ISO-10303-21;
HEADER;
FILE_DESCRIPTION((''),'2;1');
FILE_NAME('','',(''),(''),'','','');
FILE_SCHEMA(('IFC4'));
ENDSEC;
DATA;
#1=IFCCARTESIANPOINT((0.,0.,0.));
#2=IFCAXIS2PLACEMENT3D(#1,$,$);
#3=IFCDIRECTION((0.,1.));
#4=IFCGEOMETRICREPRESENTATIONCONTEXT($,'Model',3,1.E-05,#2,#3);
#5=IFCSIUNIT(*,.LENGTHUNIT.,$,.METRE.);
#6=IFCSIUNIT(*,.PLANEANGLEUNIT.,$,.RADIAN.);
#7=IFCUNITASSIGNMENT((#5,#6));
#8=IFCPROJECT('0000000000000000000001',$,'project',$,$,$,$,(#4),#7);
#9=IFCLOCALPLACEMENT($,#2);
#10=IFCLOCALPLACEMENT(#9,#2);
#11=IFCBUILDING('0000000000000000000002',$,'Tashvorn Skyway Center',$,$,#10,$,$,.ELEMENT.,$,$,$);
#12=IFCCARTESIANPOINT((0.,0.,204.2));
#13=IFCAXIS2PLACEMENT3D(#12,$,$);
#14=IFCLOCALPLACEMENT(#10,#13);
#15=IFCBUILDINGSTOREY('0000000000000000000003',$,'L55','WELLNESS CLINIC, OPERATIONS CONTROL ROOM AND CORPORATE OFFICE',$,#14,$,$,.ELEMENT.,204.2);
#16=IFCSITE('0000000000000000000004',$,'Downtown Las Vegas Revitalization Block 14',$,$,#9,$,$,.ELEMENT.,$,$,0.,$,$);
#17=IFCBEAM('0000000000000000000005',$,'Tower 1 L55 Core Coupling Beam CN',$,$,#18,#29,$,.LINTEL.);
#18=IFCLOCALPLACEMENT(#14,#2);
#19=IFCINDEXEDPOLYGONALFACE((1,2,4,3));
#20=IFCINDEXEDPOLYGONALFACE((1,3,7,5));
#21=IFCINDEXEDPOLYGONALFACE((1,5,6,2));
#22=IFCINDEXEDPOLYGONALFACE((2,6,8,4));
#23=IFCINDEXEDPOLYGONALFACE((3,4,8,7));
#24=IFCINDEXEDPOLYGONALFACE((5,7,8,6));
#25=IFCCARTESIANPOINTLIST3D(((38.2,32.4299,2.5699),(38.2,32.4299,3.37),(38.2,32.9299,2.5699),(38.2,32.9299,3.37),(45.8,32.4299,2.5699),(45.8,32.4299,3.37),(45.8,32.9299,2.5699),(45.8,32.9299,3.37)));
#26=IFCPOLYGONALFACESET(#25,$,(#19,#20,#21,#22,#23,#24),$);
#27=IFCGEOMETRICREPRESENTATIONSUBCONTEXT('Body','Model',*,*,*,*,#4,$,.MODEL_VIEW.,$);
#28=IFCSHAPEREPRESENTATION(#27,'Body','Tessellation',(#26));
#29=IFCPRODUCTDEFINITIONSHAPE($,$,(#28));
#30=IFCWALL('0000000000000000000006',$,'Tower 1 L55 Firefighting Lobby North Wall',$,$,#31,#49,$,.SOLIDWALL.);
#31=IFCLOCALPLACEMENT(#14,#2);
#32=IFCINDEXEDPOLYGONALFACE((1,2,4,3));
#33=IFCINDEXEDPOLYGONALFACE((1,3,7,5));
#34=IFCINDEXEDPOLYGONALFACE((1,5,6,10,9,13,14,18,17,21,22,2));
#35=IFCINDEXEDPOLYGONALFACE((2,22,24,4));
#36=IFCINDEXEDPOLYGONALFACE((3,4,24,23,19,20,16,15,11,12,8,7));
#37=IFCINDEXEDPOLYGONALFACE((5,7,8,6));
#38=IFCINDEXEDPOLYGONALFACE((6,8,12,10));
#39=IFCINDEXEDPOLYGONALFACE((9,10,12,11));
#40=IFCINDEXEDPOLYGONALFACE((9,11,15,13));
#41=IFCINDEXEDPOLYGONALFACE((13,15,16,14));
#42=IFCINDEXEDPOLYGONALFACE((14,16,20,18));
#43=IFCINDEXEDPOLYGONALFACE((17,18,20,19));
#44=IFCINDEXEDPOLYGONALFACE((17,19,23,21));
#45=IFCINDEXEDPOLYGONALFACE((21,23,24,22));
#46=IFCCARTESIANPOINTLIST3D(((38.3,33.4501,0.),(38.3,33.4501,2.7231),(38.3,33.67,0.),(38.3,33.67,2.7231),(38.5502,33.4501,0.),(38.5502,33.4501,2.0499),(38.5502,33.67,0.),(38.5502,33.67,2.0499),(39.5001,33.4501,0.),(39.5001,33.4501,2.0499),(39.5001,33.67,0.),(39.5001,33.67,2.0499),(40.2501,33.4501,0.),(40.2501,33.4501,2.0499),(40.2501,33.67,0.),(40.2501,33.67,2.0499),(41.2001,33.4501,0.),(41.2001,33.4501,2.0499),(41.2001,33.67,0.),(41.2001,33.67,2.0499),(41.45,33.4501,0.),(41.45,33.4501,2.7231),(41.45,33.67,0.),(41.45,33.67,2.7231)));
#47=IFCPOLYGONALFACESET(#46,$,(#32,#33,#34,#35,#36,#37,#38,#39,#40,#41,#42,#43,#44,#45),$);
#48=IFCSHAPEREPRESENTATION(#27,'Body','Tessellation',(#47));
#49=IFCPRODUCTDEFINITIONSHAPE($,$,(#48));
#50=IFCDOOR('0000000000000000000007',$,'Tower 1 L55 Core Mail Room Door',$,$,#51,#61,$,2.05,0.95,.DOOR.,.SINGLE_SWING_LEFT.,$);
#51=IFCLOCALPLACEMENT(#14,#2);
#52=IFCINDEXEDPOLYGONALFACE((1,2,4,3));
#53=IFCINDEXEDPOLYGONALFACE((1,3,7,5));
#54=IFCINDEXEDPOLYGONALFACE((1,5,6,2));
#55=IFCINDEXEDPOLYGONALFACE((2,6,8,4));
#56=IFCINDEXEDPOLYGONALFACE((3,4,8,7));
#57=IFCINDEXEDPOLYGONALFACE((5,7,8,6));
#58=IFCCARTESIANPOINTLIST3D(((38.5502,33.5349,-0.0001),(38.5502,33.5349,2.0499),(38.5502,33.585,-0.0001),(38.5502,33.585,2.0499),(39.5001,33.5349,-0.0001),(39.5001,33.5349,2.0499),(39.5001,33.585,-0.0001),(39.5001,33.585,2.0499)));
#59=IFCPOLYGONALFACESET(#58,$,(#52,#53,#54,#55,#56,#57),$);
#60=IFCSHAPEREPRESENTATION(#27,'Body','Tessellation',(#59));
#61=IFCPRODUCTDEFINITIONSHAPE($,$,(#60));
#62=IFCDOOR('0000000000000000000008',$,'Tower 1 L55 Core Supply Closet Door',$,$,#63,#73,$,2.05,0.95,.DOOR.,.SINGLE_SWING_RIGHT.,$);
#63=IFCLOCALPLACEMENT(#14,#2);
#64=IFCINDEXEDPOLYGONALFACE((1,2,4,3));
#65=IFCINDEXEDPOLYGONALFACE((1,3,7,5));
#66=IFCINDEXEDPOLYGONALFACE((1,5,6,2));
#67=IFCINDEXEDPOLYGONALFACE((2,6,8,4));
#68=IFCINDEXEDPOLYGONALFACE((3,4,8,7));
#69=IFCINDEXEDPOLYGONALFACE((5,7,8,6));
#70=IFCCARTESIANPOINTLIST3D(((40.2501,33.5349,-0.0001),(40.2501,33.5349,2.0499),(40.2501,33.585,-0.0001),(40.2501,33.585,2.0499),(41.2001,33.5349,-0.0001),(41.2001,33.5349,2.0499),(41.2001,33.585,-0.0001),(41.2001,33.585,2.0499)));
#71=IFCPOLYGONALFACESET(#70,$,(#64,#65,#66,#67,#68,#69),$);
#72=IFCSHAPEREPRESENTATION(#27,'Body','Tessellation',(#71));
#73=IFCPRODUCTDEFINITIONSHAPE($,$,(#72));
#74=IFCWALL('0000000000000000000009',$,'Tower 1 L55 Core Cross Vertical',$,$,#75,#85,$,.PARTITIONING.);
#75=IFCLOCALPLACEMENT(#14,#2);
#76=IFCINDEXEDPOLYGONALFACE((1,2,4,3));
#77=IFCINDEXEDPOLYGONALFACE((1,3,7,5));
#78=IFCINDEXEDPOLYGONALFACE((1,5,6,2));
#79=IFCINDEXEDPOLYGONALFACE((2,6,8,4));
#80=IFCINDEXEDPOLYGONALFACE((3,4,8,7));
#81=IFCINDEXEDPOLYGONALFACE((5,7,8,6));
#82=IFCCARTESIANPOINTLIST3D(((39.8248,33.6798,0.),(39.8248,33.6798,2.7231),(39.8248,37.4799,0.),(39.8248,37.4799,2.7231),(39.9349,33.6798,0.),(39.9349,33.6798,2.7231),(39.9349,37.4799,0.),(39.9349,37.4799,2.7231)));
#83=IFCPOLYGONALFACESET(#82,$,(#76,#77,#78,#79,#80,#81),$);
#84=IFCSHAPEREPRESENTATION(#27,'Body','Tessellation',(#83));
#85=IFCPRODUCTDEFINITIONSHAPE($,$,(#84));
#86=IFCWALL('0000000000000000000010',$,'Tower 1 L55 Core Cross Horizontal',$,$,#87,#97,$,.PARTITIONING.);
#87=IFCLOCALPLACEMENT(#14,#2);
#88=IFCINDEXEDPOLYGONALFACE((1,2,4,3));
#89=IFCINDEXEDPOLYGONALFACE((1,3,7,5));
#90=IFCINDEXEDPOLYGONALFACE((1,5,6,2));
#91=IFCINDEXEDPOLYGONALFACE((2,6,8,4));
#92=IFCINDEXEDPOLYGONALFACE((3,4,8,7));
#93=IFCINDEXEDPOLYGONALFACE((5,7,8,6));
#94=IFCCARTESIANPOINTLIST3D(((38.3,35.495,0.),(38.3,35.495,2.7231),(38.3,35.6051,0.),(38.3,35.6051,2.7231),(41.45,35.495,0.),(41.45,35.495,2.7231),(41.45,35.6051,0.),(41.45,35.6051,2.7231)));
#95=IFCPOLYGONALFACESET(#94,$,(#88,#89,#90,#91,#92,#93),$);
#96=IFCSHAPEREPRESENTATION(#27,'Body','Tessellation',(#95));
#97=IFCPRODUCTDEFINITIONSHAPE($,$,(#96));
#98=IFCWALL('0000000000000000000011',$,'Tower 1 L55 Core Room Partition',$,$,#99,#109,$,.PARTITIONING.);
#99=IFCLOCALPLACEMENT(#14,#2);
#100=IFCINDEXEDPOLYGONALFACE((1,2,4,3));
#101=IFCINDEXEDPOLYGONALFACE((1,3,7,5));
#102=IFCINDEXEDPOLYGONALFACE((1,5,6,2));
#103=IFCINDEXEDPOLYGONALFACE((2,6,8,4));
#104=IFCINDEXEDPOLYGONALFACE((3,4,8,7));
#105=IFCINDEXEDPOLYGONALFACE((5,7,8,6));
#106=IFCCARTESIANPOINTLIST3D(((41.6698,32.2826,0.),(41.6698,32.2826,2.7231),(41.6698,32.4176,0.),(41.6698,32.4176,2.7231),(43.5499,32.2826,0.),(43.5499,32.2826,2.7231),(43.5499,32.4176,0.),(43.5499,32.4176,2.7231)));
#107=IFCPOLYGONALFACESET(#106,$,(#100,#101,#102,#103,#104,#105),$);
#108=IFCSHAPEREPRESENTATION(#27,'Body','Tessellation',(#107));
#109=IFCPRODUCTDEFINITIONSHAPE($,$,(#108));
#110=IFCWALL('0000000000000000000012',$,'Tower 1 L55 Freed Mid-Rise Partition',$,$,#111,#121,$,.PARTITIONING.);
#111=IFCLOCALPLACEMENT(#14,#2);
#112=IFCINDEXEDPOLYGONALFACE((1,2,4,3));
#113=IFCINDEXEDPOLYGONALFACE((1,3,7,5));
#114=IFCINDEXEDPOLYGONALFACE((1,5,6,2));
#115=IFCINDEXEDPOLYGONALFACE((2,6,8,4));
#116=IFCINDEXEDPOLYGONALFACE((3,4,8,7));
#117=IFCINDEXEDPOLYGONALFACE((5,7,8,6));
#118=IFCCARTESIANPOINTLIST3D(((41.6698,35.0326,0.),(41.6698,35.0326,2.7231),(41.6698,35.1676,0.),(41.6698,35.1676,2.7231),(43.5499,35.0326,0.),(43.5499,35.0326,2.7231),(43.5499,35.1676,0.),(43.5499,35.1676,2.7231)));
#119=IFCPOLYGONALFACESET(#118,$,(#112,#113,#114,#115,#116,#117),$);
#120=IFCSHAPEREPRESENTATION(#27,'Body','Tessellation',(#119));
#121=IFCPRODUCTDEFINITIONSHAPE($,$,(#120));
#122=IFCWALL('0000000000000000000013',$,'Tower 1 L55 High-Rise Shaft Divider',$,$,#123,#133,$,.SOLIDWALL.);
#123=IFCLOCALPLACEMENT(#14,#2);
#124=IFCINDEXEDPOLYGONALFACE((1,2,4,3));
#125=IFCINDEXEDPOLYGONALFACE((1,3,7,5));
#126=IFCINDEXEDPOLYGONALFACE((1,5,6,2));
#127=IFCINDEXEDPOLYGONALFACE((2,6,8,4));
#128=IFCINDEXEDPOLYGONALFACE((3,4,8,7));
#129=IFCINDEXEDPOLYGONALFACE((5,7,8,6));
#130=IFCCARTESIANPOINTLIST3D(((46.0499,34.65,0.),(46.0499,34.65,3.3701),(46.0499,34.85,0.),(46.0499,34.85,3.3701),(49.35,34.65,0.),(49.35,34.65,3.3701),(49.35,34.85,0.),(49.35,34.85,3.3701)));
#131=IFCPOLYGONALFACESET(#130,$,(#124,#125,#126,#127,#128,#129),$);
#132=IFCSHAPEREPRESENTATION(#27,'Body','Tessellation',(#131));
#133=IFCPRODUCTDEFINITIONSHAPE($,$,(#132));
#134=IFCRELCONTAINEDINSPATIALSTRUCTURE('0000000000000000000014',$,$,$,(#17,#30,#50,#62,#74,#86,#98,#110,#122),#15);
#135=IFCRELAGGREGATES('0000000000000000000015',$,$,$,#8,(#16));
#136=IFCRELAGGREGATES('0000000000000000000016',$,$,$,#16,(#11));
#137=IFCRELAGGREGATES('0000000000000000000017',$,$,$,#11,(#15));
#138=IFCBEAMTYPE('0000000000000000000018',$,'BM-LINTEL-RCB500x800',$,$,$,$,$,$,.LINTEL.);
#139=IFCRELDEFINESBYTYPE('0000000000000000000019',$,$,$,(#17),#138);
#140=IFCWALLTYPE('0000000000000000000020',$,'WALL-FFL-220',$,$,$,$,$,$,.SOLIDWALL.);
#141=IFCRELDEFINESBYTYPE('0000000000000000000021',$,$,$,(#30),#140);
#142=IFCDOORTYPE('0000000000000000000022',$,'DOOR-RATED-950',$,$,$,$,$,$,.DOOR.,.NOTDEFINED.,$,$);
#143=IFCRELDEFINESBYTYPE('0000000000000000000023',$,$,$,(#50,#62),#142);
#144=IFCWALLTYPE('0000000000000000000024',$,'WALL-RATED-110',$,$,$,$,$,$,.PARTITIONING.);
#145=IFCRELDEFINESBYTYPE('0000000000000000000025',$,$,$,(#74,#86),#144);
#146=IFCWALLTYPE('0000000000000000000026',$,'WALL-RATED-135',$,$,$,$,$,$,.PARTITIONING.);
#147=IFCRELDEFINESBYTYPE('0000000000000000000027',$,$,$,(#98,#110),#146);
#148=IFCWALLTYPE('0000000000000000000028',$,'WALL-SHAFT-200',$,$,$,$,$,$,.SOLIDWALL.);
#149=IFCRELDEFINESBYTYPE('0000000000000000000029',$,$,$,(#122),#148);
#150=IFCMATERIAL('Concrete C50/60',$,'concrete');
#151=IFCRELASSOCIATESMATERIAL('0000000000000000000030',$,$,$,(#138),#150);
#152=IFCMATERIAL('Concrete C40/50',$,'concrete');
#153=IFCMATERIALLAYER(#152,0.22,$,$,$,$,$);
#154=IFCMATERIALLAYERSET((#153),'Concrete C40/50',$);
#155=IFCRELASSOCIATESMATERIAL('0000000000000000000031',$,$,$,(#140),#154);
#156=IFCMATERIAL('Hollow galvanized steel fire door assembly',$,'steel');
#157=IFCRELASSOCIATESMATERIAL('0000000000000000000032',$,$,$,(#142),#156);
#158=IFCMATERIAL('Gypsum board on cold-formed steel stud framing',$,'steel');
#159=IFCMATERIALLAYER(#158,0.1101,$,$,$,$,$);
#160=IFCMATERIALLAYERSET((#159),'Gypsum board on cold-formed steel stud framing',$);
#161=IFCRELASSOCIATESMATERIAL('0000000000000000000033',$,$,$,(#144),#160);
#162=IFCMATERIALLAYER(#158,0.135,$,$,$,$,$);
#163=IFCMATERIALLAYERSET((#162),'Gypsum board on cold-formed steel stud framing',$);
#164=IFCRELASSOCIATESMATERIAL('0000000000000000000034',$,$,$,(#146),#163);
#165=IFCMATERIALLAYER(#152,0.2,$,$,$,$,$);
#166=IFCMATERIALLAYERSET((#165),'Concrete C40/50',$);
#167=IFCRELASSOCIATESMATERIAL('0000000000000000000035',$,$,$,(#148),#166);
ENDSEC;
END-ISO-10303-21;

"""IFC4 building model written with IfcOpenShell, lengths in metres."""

from ifc_helpers import new_model, si_unit, direction, frame, frame_2d, origin, origin_2d, place, context, subcontext, project, spatial, rectangle, extrude, material, layer, layer_set, material_profile, profile_set, type_object, element, fill, save


model = new_model("IFC4")

# Units and contexts
model_context = context("Model", 3, precision=1e-05, world=origin(), true_north=direction((0.0, 1.0)))
body_context = subcontext(model_context, "Body", "Model", "MODEL_VIEW")
ifc_project = project(units=[si_unit("LENGTHUNIT", "METRE"), si_unit("PLANEANGLEUNIT", "RADIAN")], contexts=[model_context])

# Site, building, storey
site_placement = place(None, origin())
site = spatial("IfcSite", under=ifc_project, at=site_placement, Name="Downtown Las Vegas Revitalization Block 14", CompositionType="ELEMENT", RefElevation=0.0)
building_placement = place(site_placement, origin())
building = spatial("IfcBuilding", under=site, at=building_placement, Name="Tashvorn Skyway Center", CompositionType="ELEMENT")
storey_placement = place(building_placement, frame((0.0, 0.0, 204.2)))
storey = spatial("IfcBuildingStorey", under=building, at=storey_placement, Name="L55", Description="WELLNESS CLINIC, OPERATIONS CONTROL ROOM AND CORPORATE OFFICE", CompositionType="ELEMENT", Elevation=204.2)

# Beam
ifc_material_1 = material(Name="Concrete C50/60", Category="concrete")
ifc_material_profile = material_profile(ifc_material_1, rectangle(XDim=0.5, YDim=0.8, at=origin_2d()), Name="RCB500x800")
ifc_profile_set = profile_set([ifc_material_profile], Name="Concrete C50/60")
beam_type = type_object("IfcBeamType", Name="BM-LINTEL-RCB500x800", PredefinedType="LINTEL", material=ifc_profile_set)
beam_placement = place(storey_placement, frame((38.2, 32.6799, 2.97), z_axis=(1.0, 0.0, 0.0), x_axis=(0.0, 1.0, 0.0)))
element("IfcBeam", 1, at=beam_placement, inside=storey, type_object=beam_type, Name="Tower 1 L55 Core Coupling Beam CN", PredefinedType="LINTEL", context=body_context, shape_type="SweptSolid", body=[
    extrude(rectangle(XDim=0.5, YDim=0.8, at=origin_2d()), origin(), (0.0, 0.0, 1.0), 7.6001),
])

# Wall, openings, doors
ifc_material_2 = material(Name="Concrete C40/50", Category="concrete")
ifc_layer_1 = layer(ifc_material_2, 0.22)
ifc_layer_set_1 = layer_set([ifc_layer_1], Name="Concrete C40/50")
wall_type_1 = type_object("IfcWallType", Name="WALL-FFL-220", PredefinedType="SOLIDWALL", material=ifc_layer_set_1)
wall_1_placement = place(storey_placement, frame((38.3, 33.5601, 0.0), z_axis=(0.0, 0.0, 1.0), x_axis=(1.0, 0.0, 0.0)))
wall_1 = element("IfcWall", 2, at=wall_1_placement, inside=storey, type_object=wall_type_1, Name="Tower 1 L55 Firefighting Lobby North Wall", PredefinedType="SOLIDWALL", context=body_context, shape_type="SweptSolid", body=[
    extrude(rectangle(XDim=3.1499, YDim=0.22, at=frame_2d((1.575, 0.0))), origin(), (0.0, 0.0, 1.0), 2.7231),
])
opening_1_placement = place(wall_1_placement, frame((0.25, 0.0, 0.0)))
opening_1 = element("IfcOpeningElement", 3, at=opening_1_placement, cuts=wall_1, PredefinedType="OPENING", context=body_context, shape_type="SweptSolid", body=[
    extrude(rectangle(XDim=0.95, YDim=2.05, at=frame_2d((0.4751, 1.0249))), frame((0.0, 0.1199, 0.0), z_axis=(0.0, -1.0, 0.0), x_axis=(1.0, 0.0, 0.0)), (0.0, 0.0, 1.0), 0.24),
])
opening_2_placement = place(wall_1_placement, frame((1.95, 0.0, 0.0)))
opening_2 = element("IfcOpeningElement", 4, at=opening_2_placement, cuts=wall_1, PredefinedType="OPENING", context=body_context, shape_type="SweptSolid", body=[
    extrude(rectangle(XDim=0.95, YDim=2.05, at=frame_2d((0.4751, 1.0249))), frame((0.0, 0.1199, 0.0), z_axis=(0.0, -1.0, 0.0), x_axis=(1.0, 0.0, 0.0)), (0.0, 0.0, 1.0), 0.24),
])
ifc_material_3 = material(Name="Hollow galvanized steel fire door assembly", Category="steel")
door_type_1 = type_object("IfcDoorType", Name="DOOR-RATED-950", OperationType="NOTDEFINED", PredefinedType="DOOR", material=ifc_material_3)
door_1_placement = place(opening_1_placement, origin())
door_1 = element("IfcDoor", 5, at=door_1_placement, inside=storey, type_object=door_type_1, Name="Tower 1 L55 Core Mail Room Door", OperationType="SINGLE_SWING_LEFT", OverallHeight=2.05, OverallWidth=0.95, PredefinedType="DOOR", context=body_context, shape_type="SweptSolid", body=[
    extrude(rectangle(XDim=0.95, YDim=2.05, at=frame_2d((0.4751, 1.0249))), frame((0.0, 0.0249, 0.0), z_axis=(0.0, -1.0, 0.0), x_axis=(1.0, 0.0, 0.0)), (0.0, 0.0, 1.0), 0.05),
])
fill(opening_1, door_1)
door_2_placement = place(opening_2_placement, origin())
door_2 = element("IfcDoor", 6, at=door_2_placement, inside=storey, type_object=door_type_1, Name="Tower 1 L55 Core Supply Closet Door", OperationType="SINGLE_SWING_RIGHT", OverallHeight=2.05, OverallWidth=0.95, PredefinedType="DOOR", context=body_context, shape_type="SweptSolid", body=[
    extrude(rectangle(XDim=0.95, YDim=2.05, at=frame_2d((0.4751, 1.0249))), frame((0.0, 0.0249, 0.0), z_axis=(0.0, -1.0, 0.0), x_axis=(1.0, 0.0, 0.0)), (0.0, 0.0, 1.0), 0.05),
])
fill(opening_2, door_2)

# Walls
ifc_material_4 = material(Name="Gypsum board on cold-formed steel stud framing", Category="steel")
ifc_layer_2 = layer(ifc_material_4, 0.1101)
ifc_layer_set_2 = layer_set([ifc_layer_2], Name="Gypsum board on cold-formed steel stud framing")
wall_type_2 = type_object("IfcWallType", Name="WALL-RATED-110", PredefinedType="PARTITIONING", material=ifc_layer_set_2)
wall_2_placement = place(storey_placement, frame((39.8799, 33.6799, 0.0), z_axis=(0.0, 0.0, 1.0), x_axis=(0.0, 1.0, 0.0)))
element("IfcWall", 7, at=wall_2_placement, inside=storey, type_object=wall_type_2, Name="Tower 1 L55 Core Cross Vertical", PredefinedType="PARTITIONING", context=body_context, shape_type="SweptSolid", body=[
    extrude(rectangle(XDim=3.8, YDim=0.1101, at=frame_2d((1.8999, 0.0))), origin(), (0.0, 0.0, 1.0), 2.7231),
])
wall_3_placement = place(storey_placement, frame((38.3, 35.55, 0.0), z_axis=(0.0, 0.0, 1.0), x_axis=(1.0, 0.0, 0.0)))
element("IfcWall", 8, at=wall_3_placement, inside=storey, type_object=wall_type_2, Name="Tower 1 L55 Core Cross Horizontal", PredefinedType="PARTITIONING", context=body_context, shape_type="SweptSolid", body=[
    extrude(rectangle(XDim=3.1499, YDim=0.1101, at=frame_2d((1.575, 0.0))), origin(), (0.0, 0.0, 1.0), 2.7231),
])
ifc_layer_3 = layer(ifc_material_4, 0.135)
ifc_layer_set_3 = layer_set([ifc_layer_3], Name="Gypsum board on cold-formed steel stud framing")
wall_type_3 = type_object("IfcWallType", Name="WALL-RATED-135", PredefinedType="PARTITIONING", material=ifc_layer_set_3)
for number, where, z_axis, x_axis, name in (
    (9, (41.6699, 32.3501, 0.0), (0.0, 0.0, 1.0), (1.0, 0.0, 0.0), "Tower 1 L55 Core Room Partition"),
    (10, (41.6699, 35.1001, 0.0), (0.0, 0.0, 1.0), (1.0, 0.0, 0.0), "Tower 1 L55 Freed Mid-Rise Partition"),
):
    element("IfcWall", number, at=place(storey_placement, frame(where, z_axis=z_axis, x_axis=x_axis)), inside=storey, type_object=wall_type_3, Name=name, PredefinedType="PARTITIONING", context=body_context, shape_type="SweptSolid", body=[
        extrude(rectangle(XDim=1.8801, YDim=0.135, at=frame_2d((0.9399, 0.0))), origin(), (0.0, 0.0, 1.0), 2.7231),
    ])
ifc_layer_4 = layer(ifc_material_2, 0.2)
ifc_layer_set_4 = layer_set([ifc_layer_4], Name="Concrete C40/50")
wall_type_4 = type_object("IfcWallType", Name="WALL-SHAFT-200", PredefinedType="SOLIDWALL", material=ifc_layer_set_4)
wall_4_placement = place(storey_placement, frame((46.05, 34.75, 0.0), z_axis=(0.0, 0.0, 1.0), x_axis=(1.0, 0.0, 0.0)))
element("IfcWall", 11, at=wall_4_placement, inside=storey, type_object=wall_type_4, Name="Tower 1 L55 High-Rise Shaft Divider", PredefinedType="SOLIDWALL", context=body_context, shape_type="SweptSolid", body=[
    extrude(rectangle(XDim=3.3, YDim=0.2, at=frame_2d((1.6499, 0.0))), origin(), (0.0, 0.0, 1.0), 3.3701),
])

save(model, "model.ifc")
